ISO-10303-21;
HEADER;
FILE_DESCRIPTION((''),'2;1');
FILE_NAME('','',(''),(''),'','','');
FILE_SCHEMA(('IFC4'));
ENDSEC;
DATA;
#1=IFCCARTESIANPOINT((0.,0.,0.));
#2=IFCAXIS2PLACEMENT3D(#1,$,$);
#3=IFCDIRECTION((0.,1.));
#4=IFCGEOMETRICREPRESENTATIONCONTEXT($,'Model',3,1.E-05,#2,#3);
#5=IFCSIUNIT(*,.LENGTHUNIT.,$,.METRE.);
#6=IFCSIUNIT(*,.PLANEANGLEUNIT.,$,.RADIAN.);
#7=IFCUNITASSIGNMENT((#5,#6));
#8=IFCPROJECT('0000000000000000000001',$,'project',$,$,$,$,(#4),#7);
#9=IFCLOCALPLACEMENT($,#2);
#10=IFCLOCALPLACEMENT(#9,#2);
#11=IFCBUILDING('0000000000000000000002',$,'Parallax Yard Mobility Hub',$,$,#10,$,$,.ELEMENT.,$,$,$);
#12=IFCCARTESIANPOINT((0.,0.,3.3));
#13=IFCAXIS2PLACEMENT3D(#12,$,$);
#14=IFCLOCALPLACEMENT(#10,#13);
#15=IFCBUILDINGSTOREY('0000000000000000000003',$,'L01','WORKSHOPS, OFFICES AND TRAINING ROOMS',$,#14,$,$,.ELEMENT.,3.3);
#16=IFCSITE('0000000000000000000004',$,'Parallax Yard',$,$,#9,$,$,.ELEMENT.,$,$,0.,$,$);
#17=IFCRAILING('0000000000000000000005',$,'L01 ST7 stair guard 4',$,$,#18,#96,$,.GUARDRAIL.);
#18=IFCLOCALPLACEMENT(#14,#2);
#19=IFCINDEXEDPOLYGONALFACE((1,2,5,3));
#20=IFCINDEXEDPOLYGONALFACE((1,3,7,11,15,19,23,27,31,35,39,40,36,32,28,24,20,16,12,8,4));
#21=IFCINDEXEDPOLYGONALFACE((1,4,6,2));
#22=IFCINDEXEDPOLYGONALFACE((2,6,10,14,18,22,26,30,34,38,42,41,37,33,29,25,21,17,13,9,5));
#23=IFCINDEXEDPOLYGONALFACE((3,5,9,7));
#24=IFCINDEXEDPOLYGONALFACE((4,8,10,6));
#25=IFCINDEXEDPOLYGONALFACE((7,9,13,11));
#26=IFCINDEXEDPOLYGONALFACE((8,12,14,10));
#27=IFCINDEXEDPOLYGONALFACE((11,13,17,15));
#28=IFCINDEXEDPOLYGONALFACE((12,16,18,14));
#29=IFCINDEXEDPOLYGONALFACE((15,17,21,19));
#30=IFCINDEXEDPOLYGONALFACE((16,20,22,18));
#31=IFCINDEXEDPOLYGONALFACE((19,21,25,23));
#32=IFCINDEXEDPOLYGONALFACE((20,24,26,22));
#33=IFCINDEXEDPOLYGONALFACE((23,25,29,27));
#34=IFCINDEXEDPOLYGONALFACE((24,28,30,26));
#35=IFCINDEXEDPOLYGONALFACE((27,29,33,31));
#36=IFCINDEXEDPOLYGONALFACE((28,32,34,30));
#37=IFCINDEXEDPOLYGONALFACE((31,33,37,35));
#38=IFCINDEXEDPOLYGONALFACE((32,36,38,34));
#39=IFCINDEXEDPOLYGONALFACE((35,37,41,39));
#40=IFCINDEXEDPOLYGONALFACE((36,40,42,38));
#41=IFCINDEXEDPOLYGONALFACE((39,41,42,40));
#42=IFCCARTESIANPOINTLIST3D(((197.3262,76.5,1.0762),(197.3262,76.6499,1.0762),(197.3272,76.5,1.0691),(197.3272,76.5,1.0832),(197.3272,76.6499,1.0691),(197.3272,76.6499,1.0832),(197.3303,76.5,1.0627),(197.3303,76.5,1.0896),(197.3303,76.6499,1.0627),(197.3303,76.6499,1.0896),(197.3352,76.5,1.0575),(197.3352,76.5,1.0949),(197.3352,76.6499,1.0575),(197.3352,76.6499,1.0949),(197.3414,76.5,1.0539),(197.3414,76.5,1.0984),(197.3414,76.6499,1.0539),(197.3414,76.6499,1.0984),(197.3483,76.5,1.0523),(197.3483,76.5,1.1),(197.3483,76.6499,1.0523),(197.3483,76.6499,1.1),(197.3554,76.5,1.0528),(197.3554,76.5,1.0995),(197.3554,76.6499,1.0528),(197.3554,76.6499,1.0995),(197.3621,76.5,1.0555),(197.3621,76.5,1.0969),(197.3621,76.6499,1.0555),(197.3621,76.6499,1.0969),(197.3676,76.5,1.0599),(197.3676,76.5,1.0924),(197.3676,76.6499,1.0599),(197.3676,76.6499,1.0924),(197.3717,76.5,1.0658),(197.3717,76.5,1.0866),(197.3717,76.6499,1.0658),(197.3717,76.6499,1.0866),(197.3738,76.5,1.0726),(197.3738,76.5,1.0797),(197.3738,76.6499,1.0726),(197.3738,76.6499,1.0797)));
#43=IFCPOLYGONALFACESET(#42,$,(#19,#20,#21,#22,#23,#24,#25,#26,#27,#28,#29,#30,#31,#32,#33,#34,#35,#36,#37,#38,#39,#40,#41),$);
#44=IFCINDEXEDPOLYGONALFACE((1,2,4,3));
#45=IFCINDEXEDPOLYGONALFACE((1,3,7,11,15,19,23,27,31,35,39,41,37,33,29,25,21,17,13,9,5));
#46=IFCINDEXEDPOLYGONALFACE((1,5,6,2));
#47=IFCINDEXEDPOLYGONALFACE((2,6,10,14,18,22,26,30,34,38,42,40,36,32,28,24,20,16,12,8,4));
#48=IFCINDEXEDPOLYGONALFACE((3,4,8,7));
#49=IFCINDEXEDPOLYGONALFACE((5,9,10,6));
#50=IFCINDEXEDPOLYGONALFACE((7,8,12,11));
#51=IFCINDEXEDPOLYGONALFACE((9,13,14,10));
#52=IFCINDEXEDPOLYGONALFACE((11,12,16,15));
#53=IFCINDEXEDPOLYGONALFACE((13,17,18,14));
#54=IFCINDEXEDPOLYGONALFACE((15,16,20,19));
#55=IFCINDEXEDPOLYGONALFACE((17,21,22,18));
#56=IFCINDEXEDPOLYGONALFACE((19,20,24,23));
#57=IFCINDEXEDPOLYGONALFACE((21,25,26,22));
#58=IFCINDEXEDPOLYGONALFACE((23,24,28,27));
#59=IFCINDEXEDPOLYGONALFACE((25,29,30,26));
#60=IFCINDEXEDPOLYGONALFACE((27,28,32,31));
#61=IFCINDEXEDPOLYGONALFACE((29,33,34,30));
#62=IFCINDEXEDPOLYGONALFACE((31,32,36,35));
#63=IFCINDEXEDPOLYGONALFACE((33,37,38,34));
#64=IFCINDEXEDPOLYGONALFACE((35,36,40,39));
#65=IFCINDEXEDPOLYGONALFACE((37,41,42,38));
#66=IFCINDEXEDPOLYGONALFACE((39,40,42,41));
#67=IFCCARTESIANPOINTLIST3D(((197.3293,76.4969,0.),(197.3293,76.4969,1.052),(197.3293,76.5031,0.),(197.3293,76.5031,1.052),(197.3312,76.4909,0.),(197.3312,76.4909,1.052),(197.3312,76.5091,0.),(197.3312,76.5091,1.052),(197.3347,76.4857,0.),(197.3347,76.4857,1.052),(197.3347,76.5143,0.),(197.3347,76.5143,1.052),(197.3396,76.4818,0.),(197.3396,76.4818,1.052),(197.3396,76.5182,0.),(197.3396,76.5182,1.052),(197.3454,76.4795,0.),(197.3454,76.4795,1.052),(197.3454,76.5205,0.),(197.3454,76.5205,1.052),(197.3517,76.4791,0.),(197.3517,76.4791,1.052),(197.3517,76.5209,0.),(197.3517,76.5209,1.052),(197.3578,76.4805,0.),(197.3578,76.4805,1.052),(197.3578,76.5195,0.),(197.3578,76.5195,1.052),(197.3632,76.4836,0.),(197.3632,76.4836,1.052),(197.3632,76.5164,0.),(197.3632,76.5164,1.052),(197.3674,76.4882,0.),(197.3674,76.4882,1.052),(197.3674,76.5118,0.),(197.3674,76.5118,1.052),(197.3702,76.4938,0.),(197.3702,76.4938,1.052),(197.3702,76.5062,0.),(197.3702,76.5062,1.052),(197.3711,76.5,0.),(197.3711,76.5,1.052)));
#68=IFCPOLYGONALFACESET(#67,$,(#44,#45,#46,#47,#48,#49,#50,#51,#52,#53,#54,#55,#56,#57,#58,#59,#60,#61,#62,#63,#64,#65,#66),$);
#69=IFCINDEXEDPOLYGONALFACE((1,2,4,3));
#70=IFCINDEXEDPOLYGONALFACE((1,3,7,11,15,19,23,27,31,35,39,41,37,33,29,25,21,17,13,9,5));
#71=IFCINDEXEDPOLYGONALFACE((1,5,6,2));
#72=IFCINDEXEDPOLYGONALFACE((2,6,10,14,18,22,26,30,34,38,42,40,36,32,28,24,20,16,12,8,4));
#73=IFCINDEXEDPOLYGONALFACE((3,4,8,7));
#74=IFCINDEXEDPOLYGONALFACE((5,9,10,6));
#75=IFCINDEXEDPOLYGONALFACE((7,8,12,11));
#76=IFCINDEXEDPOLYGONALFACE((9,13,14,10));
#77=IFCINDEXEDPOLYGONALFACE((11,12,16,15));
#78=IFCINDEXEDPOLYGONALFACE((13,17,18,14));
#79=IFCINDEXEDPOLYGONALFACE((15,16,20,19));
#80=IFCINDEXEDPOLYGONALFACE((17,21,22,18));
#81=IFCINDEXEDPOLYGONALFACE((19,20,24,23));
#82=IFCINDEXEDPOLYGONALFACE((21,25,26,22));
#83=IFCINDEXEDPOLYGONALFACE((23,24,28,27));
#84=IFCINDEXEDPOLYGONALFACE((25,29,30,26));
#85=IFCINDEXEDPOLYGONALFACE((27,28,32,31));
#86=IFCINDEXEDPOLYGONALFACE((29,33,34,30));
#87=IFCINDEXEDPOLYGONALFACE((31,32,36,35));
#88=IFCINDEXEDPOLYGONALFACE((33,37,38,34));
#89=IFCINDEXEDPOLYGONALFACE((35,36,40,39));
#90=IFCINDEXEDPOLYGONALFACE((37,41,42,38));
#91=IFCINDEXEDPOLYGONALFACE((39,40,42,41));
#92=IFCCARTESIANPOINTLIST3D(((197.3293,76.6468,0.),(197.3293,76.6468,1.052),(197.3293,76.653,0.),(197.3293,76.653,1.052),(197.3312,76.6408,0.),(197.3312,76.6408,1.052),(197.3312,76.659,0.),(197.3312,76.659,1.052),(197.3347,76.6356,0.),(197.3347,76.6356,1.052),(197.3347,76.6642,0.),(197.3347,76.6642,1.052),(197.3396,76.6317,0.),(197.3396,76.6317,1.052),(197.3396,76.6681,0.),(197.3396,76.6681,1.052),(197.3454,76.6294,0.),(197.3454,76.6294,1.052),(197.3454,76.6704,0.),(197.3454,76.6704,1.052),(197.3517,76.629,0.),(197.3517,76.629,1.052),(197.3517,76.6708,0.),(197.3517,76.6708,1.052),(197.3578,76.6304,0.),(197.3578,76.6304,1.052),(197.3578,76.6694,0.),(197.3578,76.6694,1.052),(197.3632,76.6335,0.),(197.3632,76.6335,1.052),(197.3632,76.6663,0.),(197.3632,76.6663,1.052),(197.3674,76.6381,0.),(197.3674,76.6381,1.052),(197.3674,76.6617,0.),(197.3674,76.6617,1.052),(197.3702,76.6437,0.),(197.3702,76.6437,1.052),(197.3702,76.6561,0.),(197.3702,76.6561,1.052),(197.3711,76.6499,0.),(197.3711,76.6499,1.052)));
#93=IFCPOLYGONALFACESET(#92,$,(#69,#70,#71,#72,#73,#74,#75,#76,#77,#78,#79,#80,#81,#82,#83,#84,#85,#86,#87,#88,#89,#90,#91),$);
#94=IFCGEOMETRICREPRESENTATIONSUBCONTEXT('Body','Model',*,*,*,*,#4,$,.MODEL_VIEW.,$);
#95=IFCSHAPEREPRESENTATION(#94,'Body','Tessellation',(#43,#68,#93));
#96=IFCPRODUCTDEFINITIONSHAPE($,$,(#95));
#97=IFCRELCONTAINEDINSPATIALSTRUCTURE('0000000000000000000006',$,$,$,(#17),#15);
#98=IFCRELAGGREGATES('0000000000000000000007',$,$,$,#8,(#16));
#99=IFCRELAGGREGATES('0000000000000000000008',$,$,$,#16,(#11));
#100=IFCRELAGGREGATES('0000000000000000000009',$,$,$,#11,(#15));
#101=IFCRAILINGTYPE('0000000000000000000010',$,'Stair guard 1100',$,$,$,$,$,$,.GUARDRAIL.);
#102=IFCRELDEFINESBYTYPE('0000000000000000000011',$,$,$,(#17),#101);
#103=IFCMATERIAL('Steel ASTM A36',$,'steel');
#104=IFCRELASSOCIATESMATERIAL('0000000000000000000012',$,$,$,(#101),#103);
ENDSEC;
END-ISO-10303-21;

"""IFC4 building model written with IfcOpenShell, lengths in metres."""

from ifc_helpers import new_model, si_unit, direction, frame, origin, origin_2d, place, context, subcontext, project, spatial, circle, extrude, material, type_object, element, save


model = new_model("IFC4")

# Units and contexts
model_context = context("Model", 3, precision=1e-05, world=origin(), true_north=direction((0.0, 1.0)))
body_context = subcontext(model_context, "Body", "Model", "MODEL_VIEW")
ifc_project = project(units=[si_unit("LENGTHUNIT", "METRE"), si_unit("PLANEANGLEUNIT", "RADIAN")], contexts=[model_context])

# Site, building, storey
site_placement = place(None, origin())
site = spatial("IfcSite", under=ifc_project, at=site_placement, Name="Parallax Yard", CompositionType="ELEMENT", RefElevation=0.0)
building_placement = place(site_placement, origin())
building = spatial("IfcBuilding", under=site, at=building_placement, Name="Parallax Yard Mobility Hub", CompositionType="ELEMENT")
storey_placement = place(building_placement, frame((0.0, 0.0, 3.3)))
storey = spatial("IfcBuildingStorey", under=building, at=storey_placement, Name="L01", Description="WORKSHOPS, OFFICES AND TRAINING ROOMS", CompositionType="ELEMENT", Elevation=3.3)

# Railing
ifc_material_1 = material(Name="Steel ASTM A36", Category="steel")
railing_type_1 = type_object("IfcRailingType", Name="Stair guard 1100", PredefinedType="GUARDRAIL", material=ifc_material_1)
railing_1_placement = place(storey_placement, frame((197.3501, 76.5, 0.0)))
element("IfcRailing", 1, at=railing_1_placement, inside=storey, type_object=railing_type_1, Name="L01 ST7 stair guard 4", PredefinedType="GUARDRAIL", context=body_context, shape_type="SweptSolid", body=[
    extrude(circle(Radius=0.0239, at=origin_2d()), frame((0.0, 0.0, 1.0762), z_axis=(0.0, 1.0, 0.0), x_axis=(-1.0, 0.0, 0.0)), (0.0, 0.0, 1.0), 0.1499),
    extrude(circle(Radius=0.021, at=origin_2d()), origin(), (0.0, 0.0, 1.0), 1.052),
    extrude(circle(Radius=0.021, at=origin_2d()), frame((0.0, 0.1499, 0.0)), (0.0, 0.0, 1.0), 1.052),
])

save(model, "model.ifc")
